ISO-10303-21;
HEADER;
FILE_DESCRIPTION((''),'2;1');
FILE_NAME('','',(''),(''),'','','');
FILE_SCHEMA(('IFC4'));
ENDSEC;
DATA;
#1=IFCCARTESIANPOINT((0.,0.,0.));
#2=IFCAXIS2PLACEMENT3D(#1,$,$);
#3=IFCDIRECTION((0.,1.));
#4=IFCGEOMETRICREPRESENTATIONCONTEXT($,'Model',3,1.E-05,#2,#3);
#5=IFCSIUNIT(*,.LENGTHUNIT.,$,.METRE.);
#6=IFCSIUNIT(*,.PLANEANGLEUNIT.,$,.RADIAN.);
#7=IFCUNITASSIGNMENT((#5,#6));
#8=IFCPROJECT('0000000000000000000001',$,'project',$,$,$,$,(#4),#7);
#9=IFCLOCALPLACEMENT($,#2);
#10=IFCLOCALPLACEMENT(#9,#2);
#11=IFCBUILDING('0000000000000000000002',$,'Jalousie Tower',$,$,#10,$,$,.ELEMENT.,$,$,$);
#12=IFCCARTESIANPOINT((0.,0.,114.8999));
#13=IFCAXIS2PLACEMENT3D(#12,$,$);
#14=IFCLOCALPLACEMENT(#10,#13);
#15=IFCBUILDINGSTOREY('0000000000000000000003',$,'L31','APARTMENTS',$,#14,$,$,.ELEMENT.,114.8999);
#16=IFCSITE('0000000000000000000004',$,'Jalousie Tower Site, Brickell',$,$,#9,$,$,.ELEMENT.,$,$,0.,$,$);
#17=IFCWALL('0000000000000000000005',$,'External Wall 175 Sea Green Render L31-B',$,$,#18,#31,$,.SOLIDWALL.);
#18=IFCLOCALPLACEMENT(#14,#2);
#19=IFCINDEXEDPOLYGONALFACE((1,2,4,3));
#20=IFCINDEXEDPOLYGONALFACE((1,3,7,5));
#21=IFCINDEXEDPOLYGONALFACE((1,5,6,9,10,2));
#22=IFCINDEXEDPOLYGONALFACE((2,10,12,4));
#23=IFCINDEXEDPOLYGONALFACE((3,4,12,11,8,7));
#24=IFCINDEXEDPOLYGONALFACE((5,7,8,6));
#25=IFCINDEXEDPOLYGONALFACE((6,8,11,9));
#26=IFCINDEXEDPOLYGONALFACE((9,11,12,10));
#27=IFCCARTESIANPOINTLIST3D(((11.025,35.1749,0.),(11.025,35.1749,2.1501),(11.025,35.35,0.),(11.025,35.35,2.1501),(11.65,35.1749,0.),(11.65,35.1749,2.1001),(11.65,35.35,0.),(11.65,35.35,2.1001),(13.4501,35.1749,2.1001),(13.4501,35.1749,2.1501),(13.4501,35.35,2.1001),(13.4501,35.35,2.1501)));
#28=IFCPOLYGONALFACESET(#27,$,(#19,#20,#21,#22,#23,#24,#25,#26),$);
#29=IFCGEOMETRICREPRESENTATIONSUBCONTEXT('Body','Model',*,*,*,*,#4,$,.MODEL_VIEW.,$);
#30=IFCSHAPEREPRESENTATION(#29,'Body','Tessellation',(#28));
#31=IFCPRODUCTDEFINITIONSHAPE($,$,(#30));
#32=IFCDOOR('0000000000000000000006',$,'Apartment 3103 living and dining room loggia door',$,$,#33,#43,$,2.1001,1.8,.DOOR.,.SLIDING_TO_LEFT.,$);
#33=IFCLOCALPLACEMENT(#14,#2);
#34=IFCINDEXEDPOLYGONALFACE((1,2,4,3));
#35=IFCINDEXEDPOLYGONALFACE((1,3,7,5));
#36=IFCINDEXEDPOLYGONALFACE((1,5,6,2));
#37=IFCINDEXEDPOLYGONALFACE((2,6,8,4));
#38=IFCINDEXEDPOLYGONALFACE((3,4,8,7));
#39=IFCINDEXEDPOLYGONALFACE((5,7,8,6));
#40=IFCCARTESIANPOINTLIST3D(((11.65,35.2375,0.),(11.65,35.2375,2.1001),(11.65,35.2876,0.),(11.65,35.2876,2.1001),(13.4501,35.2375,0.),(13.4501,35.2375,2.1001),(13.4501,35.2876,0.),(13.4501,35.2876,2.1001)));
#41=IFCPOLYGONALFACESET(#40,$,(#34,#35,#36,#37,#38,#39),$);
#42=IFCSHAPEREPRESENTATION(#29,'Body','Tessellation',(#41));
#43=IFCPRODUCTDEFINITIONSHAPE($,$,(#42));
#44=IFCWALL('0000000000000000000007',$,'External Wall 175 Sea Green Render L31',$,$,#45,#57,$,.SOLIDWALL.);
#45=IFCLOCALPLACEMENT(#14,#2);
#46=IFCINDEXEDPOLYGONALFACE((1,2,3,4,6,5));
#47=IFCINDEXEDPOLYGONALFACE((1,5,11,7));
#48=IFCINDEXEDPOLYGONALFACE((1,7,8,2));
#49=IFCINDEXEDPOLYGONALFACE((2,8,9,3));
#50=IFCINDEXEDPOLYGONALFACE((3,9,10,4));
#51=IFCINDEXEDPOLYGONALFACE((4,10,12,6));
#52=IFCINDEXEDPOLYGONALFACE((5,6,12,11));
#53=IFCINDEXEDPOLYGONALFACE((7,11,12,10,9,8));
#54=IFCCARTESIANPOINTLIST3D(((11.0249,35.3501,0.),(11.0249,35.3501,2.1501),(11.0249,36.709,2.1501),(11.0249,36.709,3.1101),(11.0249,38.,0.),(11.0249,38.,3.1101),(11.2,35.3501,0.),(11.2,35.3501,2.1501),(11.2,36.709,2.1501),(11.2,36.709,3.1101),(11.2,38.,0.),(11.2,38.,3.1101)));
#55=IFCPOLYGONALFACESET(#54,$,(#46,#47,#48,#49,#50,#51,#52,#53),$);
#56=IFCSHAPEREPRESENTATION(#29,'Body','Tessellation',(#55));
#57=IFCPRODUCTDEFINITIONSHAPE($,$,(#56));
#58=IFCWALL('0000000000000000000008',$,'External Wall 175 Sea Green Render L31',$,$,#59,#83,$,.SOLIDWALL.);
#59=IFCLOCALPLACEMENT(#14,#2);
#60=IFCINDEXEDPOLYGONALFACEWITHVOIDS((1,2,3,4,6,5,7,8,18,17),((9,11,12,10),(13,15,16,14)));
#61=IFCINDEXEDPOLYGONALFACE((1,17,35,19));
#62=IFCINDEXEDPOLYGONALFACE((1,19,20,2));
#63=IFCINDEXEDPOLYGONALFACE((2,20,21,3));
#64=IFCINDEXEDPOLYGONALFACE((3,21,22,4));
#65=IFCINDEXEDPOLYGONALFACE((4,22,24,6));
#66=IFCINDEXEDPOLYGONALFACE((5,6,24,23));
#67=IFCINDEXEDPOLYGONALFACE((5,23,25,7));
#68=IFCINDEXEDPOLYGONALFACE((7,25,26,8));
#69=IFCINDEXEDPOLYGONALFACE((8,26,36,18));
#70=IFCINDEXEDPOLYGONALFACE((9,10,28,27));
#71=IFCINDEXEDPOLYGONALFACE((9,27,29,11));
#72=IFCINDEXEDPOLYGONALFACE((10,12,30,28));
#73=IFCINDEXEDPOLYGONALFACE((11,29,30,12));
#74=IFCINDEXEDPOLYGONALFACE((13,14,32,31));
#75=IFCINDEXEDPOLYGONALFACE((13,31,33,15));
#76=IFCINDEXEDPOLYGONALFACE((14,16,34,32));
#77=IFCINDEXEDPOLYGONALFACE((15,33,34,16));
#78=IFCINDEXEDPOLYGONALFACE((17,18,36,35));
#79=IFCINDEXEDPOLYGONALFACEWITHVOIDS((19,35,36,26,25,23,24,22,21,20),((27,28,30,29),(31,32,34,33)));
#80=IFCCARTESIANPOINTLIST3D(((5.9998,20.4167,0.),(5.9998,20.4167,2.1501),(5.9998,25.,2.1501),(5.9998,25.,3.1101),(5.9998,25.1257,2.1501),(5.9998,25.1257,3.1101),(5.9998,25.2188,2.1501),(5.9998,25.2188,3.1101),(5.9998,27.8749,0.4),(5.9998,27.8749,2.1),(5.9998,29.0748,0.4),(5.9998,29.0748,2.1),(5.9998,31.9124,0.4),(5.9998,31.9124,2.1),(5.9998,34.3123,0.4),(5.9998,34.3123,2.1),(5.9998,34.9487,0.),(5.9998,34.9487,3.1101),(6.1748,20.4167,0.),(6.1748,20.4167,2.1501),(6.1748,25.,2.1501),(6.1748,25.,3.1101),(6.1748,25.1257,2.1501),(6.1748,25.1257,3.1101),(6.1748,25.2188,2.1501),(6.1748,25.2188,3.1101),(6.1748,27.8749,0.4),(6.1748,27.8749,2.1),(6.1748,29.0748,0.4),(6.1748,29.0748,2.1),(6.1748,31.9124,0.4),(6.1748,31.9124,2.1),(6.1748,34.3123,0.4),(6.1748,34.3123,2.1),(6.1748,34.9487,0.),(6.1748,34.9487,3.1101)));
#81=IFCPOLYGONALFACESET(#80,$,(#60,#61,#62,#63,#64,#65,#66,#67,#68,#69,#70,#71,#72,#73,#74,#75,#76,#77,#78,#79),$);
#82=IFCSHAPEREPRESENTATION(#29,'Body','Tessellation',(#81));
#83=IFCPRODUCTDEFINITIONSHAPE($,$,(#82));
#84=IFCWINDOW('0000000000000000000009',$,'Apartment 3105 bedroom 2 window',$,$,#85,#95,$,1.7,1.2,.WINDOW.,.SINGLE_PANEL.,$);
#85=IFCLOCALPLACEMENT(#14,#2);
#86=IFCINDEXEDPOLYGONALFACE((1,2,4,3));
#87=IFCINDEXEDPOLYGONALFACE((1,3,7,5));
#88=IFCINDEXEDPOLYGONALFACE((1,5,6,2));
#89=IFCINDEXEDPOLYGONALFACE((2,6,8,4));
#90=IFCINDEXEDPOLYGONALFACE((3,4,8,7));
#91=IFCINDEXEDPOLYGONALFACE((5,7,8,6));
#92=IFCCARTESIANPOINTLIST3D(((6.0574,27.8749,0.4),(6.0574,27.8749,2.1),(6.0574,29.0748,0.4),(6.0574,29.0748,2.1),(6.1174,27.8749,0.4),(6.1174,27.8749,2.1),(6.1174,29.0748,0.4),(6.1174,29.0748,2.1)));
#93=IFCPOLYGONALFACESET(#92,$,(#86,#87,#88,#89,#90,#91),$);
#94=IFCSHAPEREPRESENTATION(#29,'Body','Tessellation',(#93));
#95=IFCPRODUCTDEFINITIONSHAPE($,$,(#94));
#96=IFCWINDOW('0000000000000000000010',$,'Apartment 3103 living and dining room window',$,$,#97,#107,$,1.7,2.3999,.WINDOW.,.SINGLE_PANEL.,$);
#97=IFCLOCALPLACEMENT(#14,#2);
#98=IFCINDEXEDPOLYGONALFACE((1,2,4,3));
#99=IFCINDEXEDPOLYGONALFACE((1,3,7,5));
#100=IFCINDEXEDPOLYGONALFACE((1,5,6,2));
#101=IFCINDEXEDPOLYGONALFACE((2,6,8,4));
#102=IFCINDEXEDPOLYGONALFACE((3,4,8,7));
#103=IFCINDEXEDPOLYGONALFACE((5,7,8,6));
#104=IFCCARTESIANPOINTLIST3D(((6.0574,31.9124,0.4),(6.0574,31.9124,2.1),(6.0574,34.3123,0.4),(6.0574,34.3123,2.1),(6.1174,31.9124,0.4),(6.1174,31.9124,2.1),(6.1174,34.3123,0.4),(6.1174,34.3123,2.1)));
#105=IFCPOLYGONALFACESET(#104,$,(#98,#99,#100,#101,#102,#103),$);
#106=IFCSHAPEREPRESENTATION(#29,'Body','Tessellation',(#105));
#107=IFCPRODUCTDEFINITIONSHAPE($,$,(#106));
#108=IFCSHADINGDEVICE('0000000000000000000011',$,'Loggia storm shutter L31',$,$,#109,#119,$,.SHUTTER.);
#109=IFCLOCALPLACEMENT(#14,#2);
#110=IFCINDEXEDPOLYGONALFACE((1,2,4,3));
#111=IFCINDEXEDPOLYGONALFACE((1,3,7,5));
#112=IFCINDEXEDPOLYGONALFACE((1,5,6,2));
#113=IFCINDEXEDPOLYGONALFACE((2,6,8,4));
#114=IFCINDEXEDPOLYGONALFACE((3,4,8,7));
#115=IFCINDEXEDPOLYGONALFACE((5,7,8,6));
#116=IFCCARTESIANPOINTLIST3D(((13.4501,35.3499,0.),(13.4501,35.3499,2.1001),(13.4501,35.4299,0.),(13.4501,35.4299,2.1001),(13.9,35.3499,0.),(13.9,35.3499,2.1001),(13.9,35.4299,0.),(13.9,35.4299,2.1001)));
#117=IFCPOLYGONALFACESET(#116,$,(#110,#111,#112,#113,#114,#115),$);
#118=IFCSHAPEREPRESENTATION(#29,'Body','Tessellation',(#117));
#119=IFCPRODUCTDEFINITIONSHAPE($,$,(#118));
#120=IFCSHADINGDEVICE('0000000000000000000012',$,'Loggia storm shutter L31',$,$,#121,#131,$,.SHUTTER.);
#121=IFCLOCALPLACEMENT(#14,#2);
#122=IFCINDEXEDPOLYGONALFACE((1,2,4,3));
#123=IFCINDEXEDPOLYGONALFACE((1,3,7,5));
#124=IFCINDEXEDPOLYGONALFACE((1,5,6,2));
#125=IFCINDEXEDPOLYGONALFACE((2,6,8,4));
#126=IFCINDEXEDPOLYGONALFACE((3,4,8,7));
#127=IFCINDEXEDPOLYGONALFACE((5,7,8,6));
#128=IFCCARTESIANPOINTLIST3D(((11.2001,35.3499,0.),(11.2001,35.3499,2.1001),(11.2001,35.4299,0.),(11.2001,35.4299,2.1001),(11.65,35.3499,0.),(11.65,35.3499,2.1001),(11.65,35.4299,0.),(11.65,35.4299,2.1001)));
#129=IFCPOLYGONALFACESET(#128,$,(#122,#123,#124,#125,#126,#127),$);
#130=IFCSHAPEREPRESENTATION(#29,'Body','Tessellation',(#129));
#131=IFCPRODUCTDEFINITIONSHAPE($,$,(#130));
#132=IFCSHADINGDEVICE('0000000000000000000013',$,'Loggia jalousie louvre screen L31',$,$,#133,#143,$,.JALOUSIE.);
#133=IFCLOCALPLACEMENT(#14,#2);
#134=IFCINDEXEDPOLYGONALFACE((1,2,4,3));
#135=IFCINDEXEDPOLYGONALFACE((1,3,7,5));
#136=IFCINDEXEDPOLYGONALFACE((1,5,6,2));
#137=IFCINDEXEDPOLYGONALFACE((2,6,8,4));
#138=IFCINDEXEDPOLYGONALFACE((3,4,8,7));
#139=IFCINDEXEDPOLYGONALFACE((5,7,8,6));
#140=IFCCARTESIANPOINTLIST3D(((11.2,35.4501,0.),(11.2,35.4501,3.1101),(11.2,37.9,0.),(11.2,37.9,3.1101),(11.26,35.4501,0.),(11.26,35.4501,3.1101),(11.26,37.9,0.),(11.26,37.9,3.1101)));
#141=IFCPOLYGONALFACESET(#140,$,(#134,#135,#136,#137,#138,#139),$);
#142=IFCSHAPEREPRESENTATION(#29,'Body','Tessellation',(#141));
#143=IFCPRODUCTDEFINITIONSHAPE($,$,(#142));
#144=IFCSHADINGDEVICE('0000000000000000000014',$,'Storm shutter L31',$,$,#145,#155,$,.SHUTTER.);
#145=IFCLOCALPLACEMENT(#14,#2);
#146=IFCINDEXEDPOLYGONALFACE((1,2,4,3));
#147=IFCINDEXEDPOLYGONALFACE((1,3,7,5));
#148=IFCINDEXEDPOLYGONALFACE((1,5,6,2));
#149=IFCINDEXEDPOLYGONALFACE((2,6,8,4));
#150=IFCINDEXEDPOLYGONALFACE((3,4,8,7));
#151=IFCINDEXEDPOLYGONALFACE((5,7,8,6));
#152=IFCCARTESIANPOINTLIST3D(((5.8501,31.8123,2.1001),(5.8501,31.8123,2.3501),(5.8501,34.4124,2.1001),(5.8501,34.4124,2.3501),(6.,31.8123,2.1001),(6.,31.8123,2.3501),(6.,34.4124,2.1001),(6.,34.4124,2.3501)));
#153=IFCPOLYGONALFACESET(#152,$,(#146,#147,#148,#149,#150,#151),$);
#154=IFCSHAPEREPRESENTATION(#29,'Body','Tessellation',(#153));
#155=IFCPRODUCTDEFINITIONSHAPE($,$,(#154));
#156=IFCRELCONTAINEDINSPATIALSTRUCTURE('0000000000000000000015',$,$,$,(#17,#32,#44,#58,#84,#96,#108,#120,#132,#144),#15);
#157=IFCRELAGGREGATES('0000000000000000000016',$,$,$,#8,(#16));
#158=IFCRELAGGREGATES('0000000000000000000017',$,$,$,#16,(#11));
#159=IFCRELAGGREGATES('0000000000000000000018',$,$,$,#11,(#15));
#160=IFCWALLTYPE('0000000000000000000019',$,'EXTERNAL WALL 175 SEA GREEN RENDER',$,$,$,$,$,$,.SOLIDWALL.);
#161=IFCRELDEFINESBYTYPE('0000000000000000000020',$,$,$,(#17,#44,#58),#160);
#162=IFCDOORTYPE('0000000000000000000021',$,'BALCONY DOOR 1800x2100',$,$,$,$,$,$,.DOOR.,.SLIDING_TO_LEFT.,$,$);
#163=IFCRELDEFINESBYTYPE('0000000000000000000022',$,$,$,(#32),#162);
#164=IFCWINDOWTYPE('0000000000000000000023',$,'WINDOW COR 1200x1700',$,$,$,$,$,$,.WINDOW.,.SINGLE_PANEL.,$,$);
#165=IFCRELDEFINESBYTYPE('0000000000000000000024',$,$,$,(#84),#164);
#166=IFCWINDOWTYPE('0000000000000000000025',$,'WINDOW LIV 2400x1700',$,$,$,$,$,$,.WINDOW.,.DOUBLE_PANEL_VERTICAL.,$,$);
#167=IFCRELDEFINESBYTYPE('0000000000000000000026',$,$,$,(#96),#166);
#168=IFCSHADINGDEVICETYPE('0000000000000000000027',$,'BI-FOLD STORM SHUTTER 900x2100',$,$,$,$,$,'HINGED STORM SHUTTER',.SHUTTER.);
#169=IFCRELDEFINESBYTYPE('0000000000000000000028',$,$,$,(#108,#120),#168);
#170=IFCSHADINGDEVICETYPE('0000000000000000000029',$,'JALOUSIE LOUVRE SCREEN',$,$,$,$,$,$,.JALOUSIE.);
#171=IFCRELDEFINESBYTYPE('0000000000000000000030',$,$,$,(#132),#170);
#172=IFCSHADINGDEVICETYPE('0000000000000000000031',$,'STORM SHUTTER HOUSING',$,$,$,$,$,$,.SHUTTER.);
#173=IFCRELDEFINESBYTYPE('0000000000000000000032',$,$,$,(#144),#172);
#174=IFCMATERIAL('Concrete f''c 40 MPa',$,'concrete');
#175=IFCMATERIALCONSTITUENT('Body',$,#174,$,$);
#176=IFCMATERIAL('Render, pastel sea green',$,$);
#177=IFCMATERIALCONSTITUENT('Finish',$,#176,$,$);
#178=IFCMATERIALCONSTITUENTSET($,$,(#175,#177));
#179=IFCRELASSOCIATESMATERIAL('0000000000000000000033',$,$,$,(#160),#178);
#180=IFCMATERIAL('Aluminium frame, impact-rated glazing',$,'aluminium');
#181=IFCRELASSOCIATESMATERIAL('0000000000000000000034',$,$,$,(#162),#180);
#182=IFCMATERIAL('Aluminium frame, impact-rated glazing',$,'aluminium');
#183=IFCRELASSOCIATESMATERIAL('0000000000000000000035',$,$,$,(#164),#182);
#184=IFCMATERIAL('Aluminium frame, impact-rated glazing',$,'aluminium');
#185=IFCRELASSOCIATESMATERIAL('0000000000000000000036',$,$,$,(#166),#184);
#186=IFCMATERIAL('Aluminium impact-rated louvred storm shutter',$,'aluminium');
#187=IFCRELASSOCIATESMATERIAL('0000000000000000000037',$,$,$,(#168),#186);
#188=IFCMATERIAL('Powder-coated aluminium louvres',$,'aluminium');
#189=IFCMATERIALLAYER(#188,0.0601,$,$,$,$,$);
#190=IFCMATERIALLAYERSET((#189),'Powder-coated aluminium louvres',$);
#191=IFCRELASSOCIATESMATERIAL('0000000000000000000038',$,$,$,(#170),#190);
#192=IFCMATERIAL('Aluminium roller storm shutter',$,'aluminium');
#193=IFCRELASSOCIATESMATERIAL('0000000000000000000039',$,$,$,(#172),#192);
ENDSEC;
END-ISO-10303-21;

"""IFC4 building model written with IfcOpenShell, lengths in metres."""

from ifc_helpers import new_model, si_unit, direction, frame, frame_2d, origin, origin_2d, place, context, subcontext, project, spatial, polyline, rectangle, outline, extrude, material, layer, layer_set, constituent, constituent_set, type_object, element, fill, save


model = new_model("IFC4")

# Units and contexts
model_context = context("Model", 3, precision=1e-05, world=origin(), true_north=direction((0.0, 1.0)))
body_context = subcontext(model_context, "Body", "Model", "MODEL_VIEW")
ifc_project = project(units=[si_unit("LENGTHUNIT", "METRE"), si_unit("PLANEANGLEUNIT", "RADIAN")], contexts=[model_context])

# Site, building, storey
site_placement = place(None, origin())
site = spatial("IfcSite", under=ifc_project, at=site_placement, Name="Jalousie Tower Site, Brickell", CompositionType="ELEMENT", RefElevation=0.0)
building_placement = place(site_placement, origin())
building = spatial("IfcBuilding", under=site, at=building_placement, Name="Jalousie Tower", CompositionType="ELEMENT")
storey_placement = place(building_placement, frame((0.0, 0.0, 114.8999)))
storey = spatial("IfcBuildingStorey", under=building, at=storey_placement, Name="L31", Description="APARTMENTS", CompositionType="ELEMENT", Elevation=114.8999)

# Shared definitions
ifc_material_1 = material(Name="Concrete f'c 40 MPa", Category="concrete")
ifc_constituent_1 = constituent(ifc_material_1, Name="Body")
ifc_material_2 = material(Name="Render, pastel sea green")
ifc_constituent_2 = constituent(ifc_material_2, Name="Finish")
ifc_constituent_set = constituent_set(constituents=[ifc_constituent_1, ifc_constituent_2])
wall_type = type_object("IfcWallType", Name="EXTERNAL WALL 175 SEA GREEN RENDER", PredefinedType="SOLIDWALL", material=ifc_constituent_set)

# Wall, opening, door
wall_1_placement = place(storey_placement, frame((13.45, 35.2625, 0.0), z_axis=(0.0, 0.0, 1.0), x_axis=(-1.0, 0.0, 0.0)))
wall_1 = element("IfcWall", 1, at=wall_1_placement, inside=storey, type_object=wall_type, Name="External Wall 175 Sea Green Render L31-B", PredefinedType="SOLIDWALL", context=body_context, shape_type="SweptSolid", body=[
    extrude(rectangle(XDim=2.425, YDim=0.175, at=frame_2d((1.2124, 0.0))), origin(), (0.0, 0.0, 1.0), 2.1501),
])
opening_1_placement = place(wall_1_placement, origin())
opening_1 = element("IfcOpeningElement", 2, at=opening_1_placement, cuts=wall_1, PredefinedType="OPENING", context=body_context, shape_type="SweptSolid", body=[
    extrude(rectangle(XDim=1.8, YDim=2.1001, at=frame_2d((0.8999, 1.05))), frame((0.0, 0.0974, 0.0), z_axis=(0.0, -1.0, 0.0), x_axis=(1.0, 0.0, 0.0)), (0.0, 0.0, 1.0), 0.1951),
])
ifc_material_3 = material(Name="Aluminium frame, impact-rated glazing", Category="aluminium")
door_type = type_object("IfcDoorType", Name="BALCONY DOOR 1800x2100", OperationType="SLIDING_TO_LEFT", PredefinedType="DOOR", material=ifc_material_3)
door_placement = place(opening_1_placement, origin())
door = element("IfcDoor", 3, at=door_placement, inside=storey, type_object=door_type, Name="Apartment 3103 living and dining room loggia door", OperationType="SLIDING_TO_LEFT", OverallHeight=2.1001, OverallWidth=1.8, PredefinedType="DOOR", context=body_context, shape_type="SweptSolid", body=[
    extrude(rectangle(XDim=1.8, YDim=2.1001, at=frame_2d((0.8999, 1.05))), frame((0.0, 0.0249, 0.0), z_axis=(0.0, -1.0, 0.0), x_axis=(1.0, 0.0, 0.0)), (0.0, 0.0, 1.0), 0.05),
])
fill(opening_1, door)

# Wall
wall_2_placement = place(storey_placement, frame((11.1125, 38.0, 0.0), z_axis=(0.0, 0.0, 1.0), x_axis=(0.0, -1.0, 0.0)))
element("IfcWall", 4, at=wall_2_placement, inside=storey, type_object=wall_type, Name="External Wall 175 Sea Green Render L31", PredefinedType="SOLIDWALL", context=body_context, shape_type="SweptSolid", body=[
    extrude(outline(polyline([(0.0, 0.0), (2.6499, 0.0), (2.6499, 2.1501), (1.291, 2.1501), (1.291, 3.1101), (0.0, 3.1101), (0.0, 0.0)])), frame((0.0, 0.0874, 0.0), z_axis=(0.0, -1.0, 0.0), x_axis=(1.0, 0.0, 0.0)), (0.0, 0.0, 1.0), 0.175),
])

# Wall, openings, windows
wall_3_placement = place(storey_placement, frame((6.0874, 34.9487, 0.0), z_axis=(0.0, 0.0, 1.0), x_axis=(0.0, -1.0, 0.0)))
wall_3 = element("IfcWall", 5, at=wall_3_placement, inside=storey, type_object=wall_type, Name="External Wall 175 Sea Green Render L31", PredefinedType="SOLIDWALL", context=body_context, shape_type="SweptSolid", body=[
    extrude(outline(polyline([(0.0, 0.0), (14.532, 0.0), (14.532, 2.1501), (9.9487, 2.1501), (9.9487, 3.1101), (9.823, 3.1101), (9.823, 2.1501), (9.73, 2.1501), (9.73, 3.1101), (0.0, 3.1101), (0.0, 0.0)])), frame((0.0, 0.0874, 0.0), z_axis=(0.0, -1.0, 0.0), x_axis=(1.0, 0.0, 0.0)), (0.0, 0.0, 1.0), 0.175),
])
opening_2_placement = place(wall_3_placement, frame((0.6365, 0.0, 0.3999)))
opening_2 = element("IfcOpeningElement", 6, at=opening_2_placement, cuts=wall_3, PredefinedType="OPENING", context=body_context, shape_type="SweptSolid", body=[
    extrude(rectangle(XDim=2.3999, YDim=1.7, at=frame_2d((1.2, 0.8501))), frame((0.0, 0.0974, 0.0), z_axis=(0.0, -1.0, 0.0), x_axis=(1.0, 0.0, 0.0)), (0.0, 0.0, 1.0), 0.1951),
])
opening_3_placement = place(wall_3_placement, frame((5.8738, 0.0, 0.3999)))
opening_3 = element("IfcOpeningElement", 7, at=opening_3_placement, cuts=wall_3, PredefinedType="OPENING", context=body_context, shape_type="SweptSolid", body=[
    extrude(rectangle(XDim=1.2, YDim=1.7, at=frame_2d((0.6001, 0.8501))), frame((0.0, 0.0974, 0.0), z_axis=(0.0, -1.0, 0.0), x_axis=(1.0, 0.0, 0.0)), (0.0, 0.0, 1.0), 0.1951),
])
ifc_material_4 = material(Name="Aluminium frame, impact-rated glazing", Category="aluminium")
window_type_1 = type_object("IfcWindowType", Name="WINDOW COR 1200x1700", PartitioningType="SINGLE_PANEL", PredefinedType="WINDOW", material=ifc_material_4)
window_1_placement = place(opening_3_placement, origin())
window_1 = element("IfcWindow", 8, at=window_1_placement, inside=storey, type_object=window_type_1, Name="Apartment 3105 bedroom 2 window", OverallHeight=1.7, OverallWidth=1.2, PartitioningType="SINGLE_PANEL", PredefinedType="WINDOW", context=body_context, shape_type="SweptSolid", body=[
    extrude(rectangle(XDim=1.2, YDim=1.7, at=frame_2d((0.6001, 0.8501))), frame((0.0, 0.03, 0.0), z_axis=(0.0, -1.0, 0.0), x_axis=(1.0, 0.0, 0.0)), (0.0, 0.0, 1.0), 0.0601),
])
fill(opening_3, window_1)
ifc_material_5 = material(Name="Aluminium frame, impact-rated glazing", Category="aluminium")
window_type_2 = type_object("IfcWindowType", Name="WINDOW LIV 2400x1700", PartitioningType="DOUBLE_PANEL_VERTICAL", PredefinedType="WINDOW", material=ifc_material_5)
window_2_placement = place(opening_2_placement, origin())
window_2 = element("IfcWindow", 9, at=window_2_placement, inside=storey, type_object=window_type_2, Name="Apartment 3103 living and dining room window", OverallHeight=1.7, OverallWidth=2.3999, PartitioningType="SINGLE_PANEL", PredefinedType="WINDOW", context=body_context, shape_type="SweptSolid", body=[
    extrude(rectangle(XDim=2.3999, YDim=1.7, at=frame_2d((1.2, 0.8501))), frame((0.0, 0.03, 0.0), z_axis=(0.0, -1.0, 0.0), x_axis=(1.0, 0.0, 0.0)), (0.0, 0.0, 1.0), 0.0601),
])
fill(opening_2, window_2)

# Shading devices
ifc_material_6 = material(Name="Aluminium impact-rated louvred storm shutter", Category="aluminium")
shading_device_type_1 = type_object("IfcShadingDeviceType", Name="BI-FOLD STORM SHUTTER 900x2100", ElementType="HINGED STORM SHUTTER", PredefinedType="SHUTTER", material=ifc_material_6)
for number, where, z_axis, x_axis, name in (
    (10, (13.675, 35.3899, 0.0), (0.0, 0.0, 1.0), (-1.0, 0.0, 0.0), "Loggia storm shutter L31"),
    (11, (11.425, 35.3899, 0.0), (0.0, 0.0, 1.0), (-1.0, 0.0, 0.0), "Loggia storm shutter L31"),
):
    element("IfcShadingDevice", number, at=place(storey_placement, frame(where, z_axis=z_axis, x_axis=x_axis)), inside=storey, type_object=shading_device_type_1, Name=name, PredefinedType="SHUTTER", context=body_context, shape_type="SweptSolid", body=[
        extrude(rectangle(XDim=0.45, YDim=0.0801, at=origin_2d()), origin(), (0.0, 0.0, 1.0), 2.1001),
    ])
ifc_material_7 = material(Name="Powder-coated aluminium louvres", Category="aluminium")
ifc_layer_1 = layer(ifc_material_7, 0.0601)
ifc_layer_set_1 = layer_set([ifc_layer_1], Name="Powder-coated aluminium louvres")
shading_device_type_2 = type_object("IfcShadingDeviceType", Name="JALOUSIE LOUVRE SCREEN", PredefinedType="JALOUSIE", material=ifc_layer_set_1)
shading_device_1_placement = place(storey_placement, frame((11.23, 36.675, 0.0), z_axis=(0.0, 0.0, 1.0), x_axis=(-1.0, 0.0, 0.0)))
element("IfcShadingDevice", 12, at=shading_device_1_placement, inside=storey, type_object=shading_device_type_2, Name="Loggia jalousie louvre screen L31", PredefinedType="JALOUSIE", context=body_context, shape_type="SweptSolid", body=[
    extrude(rectangle(XDim=0.0601, YDim=2.45, at=origin_2d()), origin(), (0.0, 0.0, 1.0), 3.1101),
])
ifc_material_8 = material(Name="Aluminium roller storm shutter", Category="aluminium")
shading_device_type_3 = type_object("IfcShadingDeviceType", Name="STORM SHUTTER HOUSING", PredefinedType="SHUTTER", material=ifc_material_8)
shading_device_2_placement = place(storey_placement, frame((5.925, 33.1123, 2.1001), z_axis=(0.0, 0.0, 1.0), x_axis=(0.0, -1.0, 0.0)))
element("IfcShadingDevice", 13, at=shading_device_2_placement, inside=storey, type_object=shading_device_type_3, Name="Storm shutter L31", PredefinedType="SHUTTER", context=body_context, shape_type="SweptSolid", body=[
    extrude(rectangle(XDim=2.6001, YDim=0.1499, at=origin_2d()), origin(), (0.0, 0.0, 1.0), 0.25),
])

save(model, "model.ifc")
